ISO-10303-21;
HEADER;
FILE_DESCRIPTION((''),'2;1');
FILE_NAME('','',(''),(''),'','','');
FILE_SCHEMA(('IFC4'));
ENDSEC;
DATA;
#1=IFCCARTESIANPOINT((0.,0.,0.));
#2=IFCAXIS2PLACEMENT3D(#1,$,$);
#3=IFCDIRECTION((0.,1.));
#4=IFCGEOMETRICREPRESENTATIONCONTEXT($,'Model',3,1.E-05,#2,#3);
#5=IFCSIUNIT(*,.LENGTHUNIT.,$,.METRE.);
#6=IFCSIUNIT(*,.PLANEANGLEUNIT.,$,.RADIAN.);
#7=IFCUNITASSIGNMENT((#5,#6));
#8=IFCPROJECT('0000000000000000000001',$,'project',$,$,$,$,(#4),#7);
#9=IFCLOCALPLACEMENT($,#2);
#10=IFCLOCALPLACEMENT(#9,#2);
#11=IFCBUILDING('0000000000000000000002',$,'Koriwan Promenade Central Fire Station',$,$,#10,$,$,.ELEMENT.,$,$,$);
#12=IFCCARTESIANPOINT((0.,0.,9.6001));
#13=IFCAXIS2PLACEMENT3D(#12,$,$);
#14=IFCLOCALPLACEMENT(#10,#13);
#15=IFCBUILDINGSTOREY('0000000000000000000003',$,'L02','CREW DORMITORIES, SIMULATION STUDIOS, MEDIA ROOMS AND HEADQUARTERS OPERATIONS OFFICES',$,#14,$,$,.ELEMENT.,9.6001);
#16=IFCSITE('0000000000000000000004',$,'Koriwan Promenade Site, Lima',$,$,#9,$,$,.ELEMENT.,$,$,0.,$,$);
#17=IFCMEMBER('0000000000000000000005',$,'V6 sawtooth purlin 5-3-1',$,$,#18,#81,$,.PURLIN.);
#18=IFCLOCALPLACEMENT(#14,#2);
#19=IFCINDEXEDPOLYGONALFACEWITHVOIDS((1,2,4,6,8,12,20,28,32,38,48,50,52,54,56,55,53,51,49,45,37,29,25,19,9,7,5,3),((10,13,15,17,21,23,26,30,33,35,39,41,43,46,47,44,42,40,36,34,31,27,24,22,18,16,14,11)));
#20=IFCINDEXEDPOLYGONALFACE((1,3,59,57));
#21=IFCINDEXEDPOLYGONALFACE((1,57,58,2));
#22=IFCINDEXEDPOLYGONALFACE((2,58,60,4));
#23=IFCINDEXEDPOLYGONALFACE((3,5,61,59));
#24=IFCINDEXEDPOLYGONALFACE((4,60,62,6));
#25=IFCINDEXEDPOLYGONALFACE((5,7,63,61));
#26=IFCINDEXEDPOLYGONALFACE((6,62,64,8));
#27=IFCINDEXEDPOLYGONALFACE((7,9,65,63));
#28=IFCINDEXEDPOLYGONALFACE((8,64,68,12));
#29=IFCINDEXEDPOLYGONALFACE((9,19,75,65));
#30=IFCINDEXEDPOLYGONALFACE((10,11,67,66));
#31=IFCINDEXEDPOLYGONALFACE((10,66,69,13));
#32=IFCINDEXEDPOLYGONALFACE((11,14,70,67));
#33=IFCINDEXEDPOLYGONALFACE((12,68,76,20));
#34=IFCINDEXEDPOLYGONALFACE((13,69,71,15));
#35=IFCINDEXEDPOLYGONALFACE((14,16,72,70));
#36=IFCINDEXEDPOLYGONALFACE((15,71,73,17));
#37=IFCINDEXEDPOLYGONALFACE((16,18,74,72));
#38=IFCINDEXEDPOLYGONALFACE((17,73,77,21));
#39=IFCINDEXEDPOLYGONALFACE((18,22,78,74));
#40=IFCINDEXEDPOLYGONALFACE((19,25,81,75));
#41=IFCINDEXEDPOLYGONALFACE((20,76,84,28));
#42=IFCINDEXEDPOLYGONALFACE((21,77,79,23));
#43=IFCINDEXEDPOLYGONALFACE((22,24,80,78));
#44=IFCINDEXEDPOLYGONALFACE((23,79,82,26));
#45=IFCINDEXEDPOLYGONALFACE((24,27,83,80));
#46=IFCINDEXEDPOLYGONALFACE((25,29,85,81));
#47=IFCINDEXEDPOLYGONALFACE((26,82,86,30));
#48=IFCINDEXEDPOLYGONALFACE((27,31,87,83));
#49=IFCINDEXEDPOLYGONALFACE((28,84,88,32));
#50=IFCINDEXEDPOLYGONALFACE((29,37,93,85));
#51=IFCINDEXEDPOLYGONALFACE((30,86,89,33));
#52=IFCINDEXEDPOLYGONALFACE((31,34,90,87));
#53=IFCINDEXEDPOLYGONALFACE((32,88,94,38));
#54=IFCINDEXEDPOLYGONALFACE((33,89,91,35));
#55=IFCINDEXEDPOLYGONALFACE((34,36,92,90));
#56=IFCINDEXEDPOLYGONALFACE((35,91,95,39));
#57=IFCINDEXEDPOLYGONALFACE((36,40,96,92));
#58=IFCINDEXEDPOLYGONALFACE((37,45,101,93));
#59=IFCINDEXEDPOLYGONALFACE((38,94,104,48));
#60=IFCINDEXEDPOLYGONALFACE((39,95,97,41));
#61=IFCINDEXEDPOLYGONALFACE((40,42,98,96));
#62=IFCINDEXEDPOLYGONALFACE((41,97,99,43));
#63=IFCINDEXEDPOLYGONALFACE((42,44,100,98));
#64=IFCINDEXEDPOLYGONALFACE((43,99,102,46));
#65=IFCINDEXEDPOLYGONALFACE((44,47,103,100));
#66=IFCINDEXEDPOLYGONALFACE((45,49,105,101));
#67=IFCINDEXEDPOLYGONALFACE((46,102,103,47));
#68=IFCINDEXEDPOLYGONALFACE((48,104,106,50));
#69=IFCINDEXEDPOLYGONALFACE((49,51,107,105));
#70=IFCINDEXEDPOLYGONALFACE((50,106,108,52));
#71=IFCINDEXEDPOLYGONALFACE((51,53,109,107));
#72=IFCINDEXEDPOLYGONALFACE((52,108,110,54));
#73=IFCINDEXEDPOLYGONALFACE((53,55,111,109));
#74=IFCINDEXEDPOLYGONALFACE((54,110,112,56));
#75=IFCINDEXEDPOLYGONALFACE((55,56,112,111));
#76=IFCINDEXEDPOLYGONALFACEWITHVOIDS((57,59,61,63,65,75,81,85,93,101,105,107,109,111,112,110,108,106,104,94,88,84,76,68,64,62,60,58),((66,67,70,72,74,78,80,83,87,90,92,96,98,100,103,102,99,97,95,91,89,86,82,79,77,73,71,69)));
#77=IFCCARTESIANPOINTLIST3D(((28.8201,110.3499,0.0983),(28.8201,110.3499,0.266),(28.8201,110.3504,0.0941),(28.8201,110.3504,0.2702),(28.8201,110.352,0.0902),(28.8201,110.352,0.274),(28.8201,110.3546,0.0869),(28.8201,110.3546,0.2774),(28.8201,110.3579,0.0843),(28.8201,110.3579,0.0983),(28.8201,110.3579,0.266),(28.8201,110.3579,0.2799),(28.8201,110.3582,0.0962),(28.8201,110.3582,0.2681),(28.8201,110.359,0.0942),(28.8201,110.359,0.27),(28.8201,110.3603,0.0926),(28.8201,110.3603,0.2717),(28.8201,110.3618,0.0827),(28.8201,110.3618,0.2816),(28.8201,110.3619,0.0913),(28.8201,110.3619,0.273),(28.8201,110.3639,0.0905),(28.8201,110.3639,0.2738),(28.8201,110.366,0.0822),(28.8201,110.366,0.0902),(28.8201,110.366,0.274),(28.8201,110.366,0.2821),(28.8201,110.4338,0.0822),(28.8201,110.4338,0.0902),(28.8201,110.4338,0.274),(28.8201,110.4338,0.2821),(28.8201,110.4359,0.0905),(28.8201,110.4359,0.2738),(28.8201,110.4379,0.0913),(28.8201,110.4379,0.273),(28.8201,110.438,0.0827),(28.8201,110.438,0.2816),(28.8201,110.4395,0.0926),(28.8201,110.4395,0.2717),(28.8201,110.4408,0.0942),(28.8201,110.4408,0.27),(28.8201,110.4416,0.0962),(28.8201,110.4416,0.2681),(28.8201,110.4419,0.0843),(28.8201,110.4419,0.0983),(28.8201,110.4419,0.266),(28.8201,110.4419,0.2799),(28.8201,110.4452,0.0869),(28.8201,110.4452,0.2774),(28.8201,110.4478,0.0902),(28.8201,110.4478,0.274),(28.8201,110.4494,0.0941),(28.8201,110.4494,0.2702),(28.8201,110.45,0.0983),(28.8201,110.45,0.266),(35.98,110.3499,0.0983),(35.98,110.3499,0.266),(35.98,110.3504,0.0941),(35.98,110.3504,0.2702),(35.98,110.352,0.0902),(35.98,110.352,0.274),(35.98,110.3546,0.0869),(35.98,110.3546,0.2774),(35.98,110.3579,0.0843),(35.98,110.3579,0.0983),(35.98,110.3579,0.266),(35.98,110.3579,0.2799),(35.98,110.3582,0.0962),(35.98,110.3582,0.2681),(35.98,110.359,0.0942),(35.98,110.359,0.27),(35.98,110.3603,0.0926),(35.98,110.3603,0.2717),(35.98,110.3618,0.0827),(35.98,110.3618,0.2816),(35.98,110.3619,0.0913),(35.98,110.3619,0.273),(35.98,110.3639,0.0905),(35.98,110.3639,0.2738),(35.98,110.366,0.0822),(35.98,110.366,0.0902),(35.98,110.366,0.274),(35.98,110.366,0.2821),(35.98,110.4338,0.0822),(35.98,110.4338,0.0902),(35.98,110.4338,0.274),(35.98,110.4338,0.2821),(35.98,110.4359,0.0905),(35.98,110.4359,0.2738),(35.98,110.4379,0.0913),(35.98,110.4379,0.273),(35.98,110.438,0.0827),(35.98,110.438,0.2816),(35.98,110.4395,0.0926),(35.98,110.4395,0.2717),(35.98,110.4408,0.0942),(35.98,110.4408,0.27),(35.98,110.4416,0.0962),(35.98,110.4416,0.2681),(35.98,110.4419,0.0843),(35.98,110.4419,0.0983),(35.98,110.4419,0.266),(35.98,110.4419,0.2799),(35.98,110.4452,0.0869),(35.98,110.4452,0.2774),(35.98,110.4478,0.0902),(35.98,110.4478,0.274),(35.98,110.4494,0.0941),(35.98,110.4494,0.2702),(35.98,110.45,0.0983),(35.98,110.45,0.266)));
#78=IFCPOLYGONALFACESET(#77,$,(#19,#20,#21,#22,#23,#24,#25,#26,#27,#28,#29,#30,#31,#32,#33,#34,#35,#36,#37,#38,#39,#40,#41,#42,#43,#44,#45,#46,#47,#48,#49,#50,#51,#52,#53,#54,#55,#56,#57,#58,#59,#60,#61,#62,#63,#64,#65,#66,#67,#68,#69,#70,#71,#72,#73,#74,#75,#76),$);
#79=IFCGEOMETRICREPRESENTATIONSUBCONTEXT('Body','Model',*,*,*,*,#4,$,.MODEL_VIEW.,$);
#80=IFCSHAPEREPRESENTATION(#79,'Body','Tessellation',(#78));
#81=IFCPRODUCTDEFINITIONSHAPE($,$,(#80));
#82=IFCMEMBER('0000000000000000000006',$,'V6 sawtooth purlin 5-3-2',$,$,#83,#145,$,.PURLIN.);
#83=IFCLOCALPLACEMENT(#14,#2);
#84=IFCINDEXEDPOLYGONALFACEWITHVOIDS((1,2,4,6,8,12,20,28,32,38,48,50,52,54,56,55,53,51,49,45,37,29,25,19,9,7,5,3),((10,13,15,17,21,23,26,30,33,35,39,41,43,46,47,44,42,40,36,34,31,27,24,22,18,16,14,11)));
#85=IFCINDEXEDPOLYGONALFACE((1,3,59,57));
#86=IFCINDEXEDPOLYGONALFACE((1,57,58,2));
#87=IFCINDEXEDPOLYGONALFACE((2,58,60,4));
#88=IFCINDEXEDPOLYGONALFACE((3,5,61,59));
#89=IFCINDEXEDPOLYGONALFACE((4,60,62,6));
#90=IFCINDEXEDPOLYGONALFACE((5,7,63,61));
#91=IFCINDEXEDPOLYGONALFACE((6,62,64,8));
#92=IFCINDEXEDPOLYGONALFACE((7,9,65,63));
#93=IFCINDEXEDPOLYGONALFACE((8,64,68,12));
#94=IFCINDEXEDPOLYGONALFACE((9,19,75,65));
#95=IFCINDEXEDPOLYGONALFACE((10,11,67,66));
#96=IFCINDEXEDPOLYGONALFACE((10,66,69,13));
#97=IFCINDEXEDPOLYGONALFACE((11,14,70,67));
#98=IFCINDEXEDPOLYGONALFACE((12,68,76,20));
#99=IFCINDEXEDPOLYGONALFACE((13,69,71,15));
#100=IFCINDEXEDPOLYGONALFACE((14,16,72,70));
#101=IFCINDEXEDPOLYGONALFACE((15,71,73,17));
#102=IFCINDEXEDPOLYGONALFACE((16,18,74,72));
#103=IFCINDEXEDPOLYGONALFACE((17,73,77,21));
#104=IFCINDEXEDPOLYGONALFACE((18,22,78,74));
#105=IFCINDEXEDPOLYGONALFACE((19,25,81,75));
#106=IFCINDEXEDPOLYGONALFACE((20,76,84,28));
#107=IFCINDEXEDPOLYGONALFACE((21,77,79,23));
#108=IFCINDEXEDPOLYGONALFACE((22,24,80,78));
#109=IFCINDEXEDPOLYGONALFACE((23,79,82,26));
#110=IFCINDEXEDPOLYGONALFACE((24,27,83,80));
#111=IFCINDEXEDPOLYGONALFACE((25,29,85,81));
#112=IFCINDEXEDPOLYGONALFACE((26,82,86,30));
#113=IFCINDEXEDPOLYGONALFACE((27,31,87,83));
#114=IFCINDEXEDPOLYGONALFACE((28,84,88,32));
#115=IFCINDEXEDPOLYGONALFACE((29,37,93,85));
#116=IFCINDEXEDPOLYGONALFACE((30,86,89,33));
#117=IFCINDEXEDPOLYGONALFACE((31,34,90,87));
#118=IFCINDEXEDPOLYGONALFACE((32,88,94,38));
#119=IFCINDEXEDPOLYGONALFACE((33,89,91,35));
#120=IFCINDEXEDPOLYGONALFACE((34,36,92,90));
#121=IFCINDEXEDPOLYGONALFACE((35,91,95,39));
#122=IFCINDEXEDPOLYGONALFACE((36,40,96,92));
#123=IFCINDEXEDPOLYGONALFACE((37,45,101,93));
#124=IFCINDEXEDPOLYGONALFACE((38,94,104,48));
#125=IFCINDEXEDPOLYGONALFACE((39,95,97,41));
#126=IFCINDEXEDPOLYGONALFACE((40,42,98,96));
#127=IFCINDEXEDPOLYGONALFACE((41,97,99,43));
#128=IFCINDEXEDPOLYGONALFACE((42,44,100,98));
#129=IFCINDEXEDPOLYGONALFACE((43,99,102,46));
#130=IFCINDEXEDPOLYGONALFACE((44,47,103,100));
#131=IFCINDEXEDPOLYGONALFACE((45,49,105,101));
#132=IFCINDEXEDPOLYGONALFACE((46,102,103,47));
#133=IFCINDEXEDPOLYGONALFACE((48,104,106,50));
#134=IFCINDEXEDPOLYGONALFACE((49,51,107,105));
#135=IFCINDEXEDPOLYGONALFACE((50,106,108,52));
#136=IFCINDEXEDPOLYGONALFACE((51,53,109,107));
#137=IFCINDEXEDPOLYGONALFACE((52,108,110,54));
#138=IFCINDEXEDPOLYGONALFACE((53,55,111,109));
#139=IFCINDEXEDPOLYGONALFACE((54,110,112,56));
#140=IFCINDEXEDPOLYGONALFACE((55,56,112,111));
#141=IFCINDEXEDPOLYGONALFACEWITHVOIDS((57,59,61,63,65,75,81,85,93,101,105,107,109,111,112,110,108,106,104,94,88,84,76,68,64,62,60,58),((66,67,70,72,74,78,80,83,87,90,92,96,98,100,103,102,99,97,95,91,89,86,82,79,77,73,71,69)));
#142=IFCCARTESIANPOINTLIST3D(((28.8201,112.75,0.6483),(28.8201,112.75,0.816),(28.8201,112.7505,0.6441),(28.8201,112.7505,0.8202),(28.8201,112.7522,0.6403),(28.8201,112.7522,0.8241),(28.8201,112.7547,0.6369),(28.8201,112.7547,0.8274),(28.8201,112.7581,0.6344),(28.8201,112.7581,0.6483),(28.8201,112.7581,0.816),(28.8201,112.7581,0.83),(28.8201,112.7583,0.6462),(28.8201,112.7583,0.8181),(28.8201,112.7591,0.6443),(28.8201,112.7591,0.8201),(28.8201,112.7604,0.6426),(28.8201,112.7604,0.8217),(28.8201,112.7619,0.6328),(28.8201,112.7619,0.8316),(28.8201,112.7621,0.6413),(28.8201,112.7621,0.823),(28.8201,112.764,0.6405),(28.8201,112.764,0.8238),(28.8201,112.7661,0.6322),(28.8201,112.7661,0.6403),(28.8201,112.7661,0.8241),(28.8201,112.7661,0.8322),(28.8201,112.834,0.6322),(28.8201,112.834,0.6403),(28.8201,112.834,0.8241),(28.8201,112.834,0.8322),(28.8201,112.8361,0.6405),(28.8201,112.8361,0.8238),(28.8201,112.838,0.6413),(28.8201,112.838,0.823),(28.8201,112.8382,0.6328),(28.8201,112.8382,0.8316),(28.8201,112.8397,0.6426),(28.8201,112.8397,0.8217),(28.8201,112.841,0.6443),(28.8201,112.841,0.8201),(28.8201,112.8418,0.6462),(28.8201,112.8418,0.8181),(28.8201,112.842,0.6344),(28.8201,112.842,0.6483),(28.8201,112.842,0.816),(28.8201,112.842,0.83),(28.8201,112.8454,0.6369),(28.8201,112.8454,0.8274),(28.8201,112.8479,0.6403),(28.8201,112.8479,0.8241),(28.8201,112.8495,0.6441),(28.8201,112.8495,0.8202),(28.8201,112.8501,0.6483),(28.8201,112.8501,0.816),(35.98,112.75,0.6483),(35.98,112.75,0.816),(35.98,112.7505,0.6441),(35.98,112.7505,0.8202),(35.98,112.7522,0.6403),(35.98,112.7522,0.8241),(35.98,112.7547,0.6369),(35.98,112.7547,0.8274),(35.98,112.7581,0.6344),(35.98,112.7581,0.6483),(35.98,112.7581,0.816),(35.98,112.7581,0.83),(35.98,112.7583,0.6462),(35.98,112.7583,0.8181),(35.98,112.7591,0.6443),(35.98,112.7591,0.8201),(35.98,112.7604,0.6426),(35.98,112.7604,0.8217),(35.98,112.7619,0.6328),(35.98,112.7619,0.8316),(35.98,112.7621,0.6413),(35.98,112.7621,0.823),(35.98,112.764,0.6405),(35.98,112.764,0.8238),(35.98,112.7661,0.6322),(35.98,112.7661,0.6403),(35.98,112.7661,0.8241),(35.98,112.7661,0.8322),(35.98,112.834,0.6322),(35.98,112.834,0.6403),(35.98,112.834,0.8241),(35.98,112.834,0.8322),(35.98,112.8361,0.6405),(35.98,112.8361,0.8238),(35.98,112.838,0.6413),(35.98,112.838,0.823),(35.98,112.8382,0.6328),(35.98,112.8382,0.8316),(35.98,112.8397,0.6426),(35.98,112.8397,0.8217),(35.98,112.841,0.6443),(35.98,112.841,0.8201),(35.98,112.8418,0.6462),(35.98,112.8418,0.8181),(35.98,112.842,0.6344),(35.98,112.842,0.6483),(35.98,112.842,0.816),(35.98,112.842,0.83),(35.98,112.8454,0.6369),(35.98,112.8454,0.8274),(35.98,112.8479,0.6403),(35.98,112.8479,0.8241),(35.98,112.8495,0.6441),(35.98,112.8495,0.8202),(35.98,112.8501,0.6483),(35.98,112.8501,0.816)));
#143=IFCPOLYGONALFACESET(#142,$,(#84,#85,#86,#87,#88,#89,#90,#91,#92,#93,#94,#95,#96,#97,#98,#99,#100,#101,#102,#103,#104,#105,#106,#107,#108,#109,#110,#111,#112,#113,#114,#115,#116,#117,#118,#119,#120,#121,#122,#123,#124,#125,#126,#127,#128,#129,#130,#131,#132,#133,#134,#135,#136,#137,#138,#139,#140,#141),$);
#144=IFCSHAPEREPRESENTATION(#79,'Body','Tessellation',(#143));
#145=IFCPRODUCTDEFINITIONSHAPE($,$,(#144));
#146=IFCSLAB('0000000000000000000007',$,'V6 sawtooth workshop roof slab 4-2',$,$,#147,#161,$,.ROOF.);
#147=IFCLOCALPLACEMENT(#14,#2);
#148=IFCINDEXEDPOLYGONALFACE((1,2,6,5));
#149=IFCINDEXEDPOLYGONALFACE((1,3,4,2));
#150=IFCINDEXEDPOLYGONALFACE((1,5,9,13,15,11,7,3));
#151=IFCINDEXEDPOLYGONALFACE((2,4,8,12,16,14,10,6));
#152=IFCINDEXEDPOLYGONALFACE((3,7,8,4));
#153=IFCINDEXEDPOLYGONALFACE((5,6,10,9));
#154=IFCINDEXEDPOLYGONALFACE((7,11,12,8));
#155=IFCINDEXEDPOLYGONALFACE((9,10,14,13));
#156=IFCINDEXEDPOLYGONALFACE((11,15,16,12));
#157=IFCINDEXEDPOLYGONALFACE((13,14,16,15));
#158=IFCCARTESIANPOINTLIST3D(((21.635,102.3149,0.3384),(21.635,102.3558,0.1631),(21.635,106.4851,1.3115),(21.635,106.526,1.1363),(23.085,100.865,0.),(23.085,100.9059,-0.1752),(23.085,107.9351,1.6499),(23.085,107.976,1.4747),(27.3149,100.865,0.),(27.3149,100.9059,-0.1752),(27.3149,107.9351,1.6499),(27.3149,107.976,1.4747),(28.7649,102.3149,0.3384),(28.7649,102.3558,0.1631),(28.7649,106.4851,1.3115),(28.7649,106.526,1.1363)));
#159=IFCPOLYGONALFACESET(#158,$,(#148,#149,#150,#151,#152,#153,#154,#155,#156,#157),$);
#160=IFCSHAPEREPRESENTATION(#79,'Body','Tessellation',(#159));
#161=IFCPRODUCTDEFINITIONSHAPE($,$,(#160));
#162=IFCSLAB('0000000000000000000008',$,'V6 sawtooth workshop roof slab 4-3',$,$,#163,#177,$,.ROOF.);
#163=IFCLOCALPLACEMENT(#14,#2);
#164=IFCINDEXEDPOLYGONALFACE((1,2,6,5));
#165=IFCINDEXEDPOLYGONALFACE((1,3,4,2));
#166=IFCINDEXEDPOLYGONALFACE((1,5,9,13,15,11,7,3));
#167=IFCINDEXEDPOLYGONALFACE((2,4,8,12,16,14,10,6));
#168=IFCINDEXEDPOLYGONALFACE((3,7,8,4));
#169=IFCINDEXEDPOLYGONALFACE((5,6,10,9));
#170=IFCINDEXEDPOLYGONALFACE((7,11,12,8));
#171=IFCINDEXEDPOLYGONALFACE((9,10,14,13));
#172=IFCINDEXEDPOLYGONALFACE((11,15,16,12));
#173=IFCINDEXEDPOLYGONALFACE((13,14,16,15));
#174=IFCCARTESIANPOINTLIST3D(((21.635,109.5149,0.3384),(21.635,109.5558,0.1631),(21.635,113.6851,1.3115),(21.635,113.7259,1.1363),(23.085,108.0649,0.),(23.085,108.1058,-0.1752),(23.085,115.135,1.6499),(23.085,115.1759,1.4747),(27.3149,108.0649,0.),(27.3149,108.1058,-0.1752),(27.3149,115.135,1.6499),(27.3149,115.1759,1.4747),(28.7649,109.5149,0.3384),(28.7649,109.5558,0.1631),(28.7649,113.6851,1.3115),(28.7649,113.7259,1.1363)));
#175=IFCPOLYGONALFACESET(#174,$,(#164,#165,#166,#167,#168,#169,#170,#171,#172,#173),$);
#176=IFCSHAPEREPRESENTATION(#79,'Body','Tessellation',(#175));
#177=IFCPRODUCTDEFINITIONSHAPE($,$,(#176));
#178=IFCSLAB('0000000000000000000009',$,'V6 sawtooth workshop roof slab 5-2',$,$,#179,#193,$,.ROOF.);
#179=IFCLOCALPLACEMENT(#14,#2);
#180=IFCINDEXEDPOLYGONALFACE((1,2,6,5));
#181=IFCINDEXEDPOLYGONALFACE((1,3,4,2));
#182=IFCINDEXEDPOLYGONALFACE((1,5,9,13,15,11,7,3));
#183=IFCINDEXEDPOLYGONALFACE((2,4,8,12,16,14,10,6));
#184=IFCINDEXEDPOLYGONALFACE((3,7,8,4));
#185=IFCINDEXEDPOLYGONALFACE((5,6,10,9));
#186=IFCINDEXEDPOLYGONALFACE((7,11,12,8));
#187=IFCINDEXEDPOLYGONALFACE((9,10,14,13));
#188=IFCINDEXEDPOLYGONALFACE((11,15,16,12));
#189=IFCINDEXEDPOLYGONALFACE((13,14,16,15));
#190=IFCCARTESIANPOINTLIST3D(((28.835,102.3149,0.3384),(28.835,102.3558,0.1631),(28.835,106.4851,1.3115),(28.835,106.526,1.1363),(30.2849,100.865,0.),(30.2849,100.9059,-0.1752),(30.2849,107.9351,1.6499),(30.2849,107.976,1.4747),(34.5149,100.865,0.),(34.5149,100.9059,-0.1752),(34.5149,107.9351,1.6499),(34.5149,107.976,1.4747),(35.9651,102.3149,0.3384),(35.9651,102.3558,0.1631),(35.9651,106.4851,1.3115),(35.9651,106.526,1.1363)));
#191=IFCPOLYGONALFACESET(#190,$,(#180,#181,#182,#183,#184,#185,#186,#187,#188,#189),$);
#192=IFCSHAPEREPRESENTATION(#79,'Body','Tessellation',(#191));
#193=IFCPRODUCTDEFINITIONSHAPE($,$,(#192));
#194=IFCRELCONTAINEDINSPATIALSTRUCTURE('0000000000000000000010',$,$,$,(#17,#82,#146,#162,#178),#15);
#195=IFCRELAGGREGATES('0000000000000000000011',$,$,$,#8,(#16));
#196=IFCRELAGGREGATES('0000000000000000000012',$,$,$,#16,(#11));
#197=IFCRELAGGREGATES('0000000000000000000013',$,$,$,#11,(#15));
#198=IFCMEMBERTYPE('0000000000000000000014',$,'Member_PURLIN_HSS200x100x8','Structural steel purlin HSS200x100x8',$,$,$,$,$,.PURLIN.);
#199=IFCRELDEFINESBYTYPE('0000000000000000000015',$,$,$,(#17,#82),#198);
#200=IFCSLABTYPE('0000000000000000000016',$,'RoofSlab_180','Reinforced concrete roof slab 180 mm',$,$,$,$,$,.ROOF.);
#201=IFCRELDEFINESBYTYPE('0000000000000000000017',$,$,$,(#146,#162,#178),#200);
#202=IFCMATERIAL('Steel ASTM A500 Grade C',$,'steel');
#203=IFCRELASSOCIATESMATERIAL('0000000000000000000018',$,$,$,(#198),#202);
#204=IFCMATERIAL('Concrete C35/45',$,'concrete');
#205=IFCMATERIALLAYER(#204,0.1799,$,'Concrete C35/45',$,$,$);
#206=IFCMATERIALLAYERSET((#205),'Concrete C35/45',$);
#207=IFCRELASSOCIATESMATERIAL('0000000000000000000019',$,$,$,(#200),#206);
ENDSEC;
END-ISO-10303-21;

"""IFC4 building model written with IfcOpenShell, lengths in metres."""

from ifc_helpers import new_model, si_unit, direction, frame, origin, origin_2d, place, context, subcontext, project, spatial, polyline, hollow_rectangle, outline, extrude, material, layer, layer_set, material_profile, profile_set, type_object, element, save


model = new_model("IFC4")

# Units and contexts
model_context = context("Model", 3, precision=1e-05, world=origin(), true_north=direction((0.0, 1.0)))
body_context = subcontext(model_context, "Body", "Model", "MODEL_VIEW")
ifc_project = project(units=[si_unit("LENGTHUNIT", "METRE"), si_unit("PLANEANGLEUNIT", "RADIAN")], contexts=[model_context])

# Site, building, storey
site_placement = place(None, origin())
site = spatial("IfcSite", under=ifc_project, at=site_placement, Name="Koriwan Promenade Site, Lima", CompositionType="ELEMENT", RefElevation=0.0)
building_placement = place(site_placement, origin())
building = spatial("IfcBuilding", under=site, at=building_placement, Name="Koriwan Promenade Central Fire Station", CompositionType="ELEMENT")
storey_placement = place(building_placement, frame((0.0, 0.0, 9.6001)))
storey = spatial("IfcBuildingStorey", under=building, at=storey_placement, Name="L02", Description="CREW DORMITORIES, SIMULATION STUDIOS, MEDIA ROOMS AND HEADQUARTERS OPERATIONS OFFICES", CompositionType="ELEMENT", Elevation=9.6001)

# Members
ifc_material_1 = material(Name="Steel ASTM A500 Grade C", Category="steel")
ifc_material_profile_1 = material_profile(ifc_material_1, hollow_rectangle(XDim=0.1001, YDim=0.2, WallThickness=0.0081, InnerFilletRadius=0.0081, OuterFilletRadius=0.0161, at=origin_2d()), Name="HSS200x100x8")
ifc_profile_set_1 = profile_set([ifc_material_profile_1], Name="Steel ASTM A500 Grade C")
member_type_1 = type_object("IfcMemberType", Name="Member_PURLIN_HSS200x100x8", Description="Structural steel purlin HSS200x100x8", PredefinedType="PURLIN", material=ifc_profile_set_1)
for number, where, z_axis, x_axis, name in (
    (1, (28.8201, 110.3999, 0.1821), (1.0, 0.0, 0.0), (0.0, 1.0, 0.0), "V6 sawtooth purlin 5-3-1"),
    (2, (28.8201, 112.8, 0.7322), (1.0, 0.0, 0.0), (0.0, 1.0, 0.0), "V6 sawtooth purlin 5-3-2"),
):
    element("IfcMember", number, at=place(storey_placement, frame(where, z_axis=z_axis, x_axis=x_axis)), inside=storey, type_object=member_type_1, Name=name, PredefinedType="PURLIN", context=body_context, shape_type="SweptSolid", body=[
        extrude(hollow_rectangle(XDim=0.1001, YDim=0.2, WallThickness=0.0081, InnerFilletRadius=0.0081, OuterFilletRadius=0.0161, at=origin_2d()), origin(), (0.0, 0.0, 1.0), 7.1599),
    ])

# Slabs
ifc_material_2 = material(Name="Concrete C35/45", Category="concrete")
ifc_layer_1 = layer(ifc_material_2, 0.1799, Name="Concrete C35/45")
ifc_layer_set_1 = layer_set([ifc_layer_1], Name="Concrete C35/45")
slab_type = type_object("IfcSlabType", Name="RoofSlab_180", Description="Reinforced concrete roof slab 180 mm", PredefinedType="ROOF", material=ifc_layer_set_1)
for number, where, z_axis, x_axis, name in (
    (3, (23.085, 100.865, 0.0), (0.0, -0.227258, 0.973835), (1.0, 0.0, 0.0), "V6 sawtooth workshop roof slab 4-2"),
    (4, (23.085, 108.0649, 0.0), (0.0, -0.227258, 0.973835), (1.0, 0.0, 0.0), "V6 sawtooth workshop roof slab 4-3"),
):
    element("IfcSlab", number, at=place(storey_placement, frame(where, z_axis=z_axis, x_axis=x_axis)), inside=storey, type_object=slab_type, Name=name, PredefinedType="ROOF", context=body_context, shape_type="SweptSolid", body=[
        extrude(outline(polyline([(0.0, 0.0), (4.23, 0.0), (5.6799, 1.4889), (5.6799, 5.7711), (4.23, 7.26), (0.0, 7.26), (-1.45, 5.7711), (-1.45, 1.4889), (0.0, 0.0)])), origin(), (0.0, 0.0, -1.0), 0.1799),
    ])
for number, where, z_axis, x_axis, name in (
    (5, (30.2849, 100.865, 0.0), (0.0, -0.227258, 0.973835), (1.0, 0.0, 0.0), "V6 sawtooth workshop roof slab 5-2"),
):
    element("IfcSlab", number, at=place(storey_placement, frame(where, z_axis=z_axis, x_axis=x_axis)), inside=storey, type_object=slab_type, Name=name, PredefinedType="ROOF", context=body_context, shape_type="SweptSolid", body=[
        extrude(outline(polyline([(0.0, 0.0), (4.23, 0.0), (5.6802, 1.4889), (5.6802, 5.7711), (4.23, 7.26), (0.0, 7.26), (-1.45, 5.7711), (-1.45, 1.4889), (0.0, 0.0)])), origin(), (0.0, 0.0, -1.0), 0.1799),
    ])

save(model, "model.ifc")
